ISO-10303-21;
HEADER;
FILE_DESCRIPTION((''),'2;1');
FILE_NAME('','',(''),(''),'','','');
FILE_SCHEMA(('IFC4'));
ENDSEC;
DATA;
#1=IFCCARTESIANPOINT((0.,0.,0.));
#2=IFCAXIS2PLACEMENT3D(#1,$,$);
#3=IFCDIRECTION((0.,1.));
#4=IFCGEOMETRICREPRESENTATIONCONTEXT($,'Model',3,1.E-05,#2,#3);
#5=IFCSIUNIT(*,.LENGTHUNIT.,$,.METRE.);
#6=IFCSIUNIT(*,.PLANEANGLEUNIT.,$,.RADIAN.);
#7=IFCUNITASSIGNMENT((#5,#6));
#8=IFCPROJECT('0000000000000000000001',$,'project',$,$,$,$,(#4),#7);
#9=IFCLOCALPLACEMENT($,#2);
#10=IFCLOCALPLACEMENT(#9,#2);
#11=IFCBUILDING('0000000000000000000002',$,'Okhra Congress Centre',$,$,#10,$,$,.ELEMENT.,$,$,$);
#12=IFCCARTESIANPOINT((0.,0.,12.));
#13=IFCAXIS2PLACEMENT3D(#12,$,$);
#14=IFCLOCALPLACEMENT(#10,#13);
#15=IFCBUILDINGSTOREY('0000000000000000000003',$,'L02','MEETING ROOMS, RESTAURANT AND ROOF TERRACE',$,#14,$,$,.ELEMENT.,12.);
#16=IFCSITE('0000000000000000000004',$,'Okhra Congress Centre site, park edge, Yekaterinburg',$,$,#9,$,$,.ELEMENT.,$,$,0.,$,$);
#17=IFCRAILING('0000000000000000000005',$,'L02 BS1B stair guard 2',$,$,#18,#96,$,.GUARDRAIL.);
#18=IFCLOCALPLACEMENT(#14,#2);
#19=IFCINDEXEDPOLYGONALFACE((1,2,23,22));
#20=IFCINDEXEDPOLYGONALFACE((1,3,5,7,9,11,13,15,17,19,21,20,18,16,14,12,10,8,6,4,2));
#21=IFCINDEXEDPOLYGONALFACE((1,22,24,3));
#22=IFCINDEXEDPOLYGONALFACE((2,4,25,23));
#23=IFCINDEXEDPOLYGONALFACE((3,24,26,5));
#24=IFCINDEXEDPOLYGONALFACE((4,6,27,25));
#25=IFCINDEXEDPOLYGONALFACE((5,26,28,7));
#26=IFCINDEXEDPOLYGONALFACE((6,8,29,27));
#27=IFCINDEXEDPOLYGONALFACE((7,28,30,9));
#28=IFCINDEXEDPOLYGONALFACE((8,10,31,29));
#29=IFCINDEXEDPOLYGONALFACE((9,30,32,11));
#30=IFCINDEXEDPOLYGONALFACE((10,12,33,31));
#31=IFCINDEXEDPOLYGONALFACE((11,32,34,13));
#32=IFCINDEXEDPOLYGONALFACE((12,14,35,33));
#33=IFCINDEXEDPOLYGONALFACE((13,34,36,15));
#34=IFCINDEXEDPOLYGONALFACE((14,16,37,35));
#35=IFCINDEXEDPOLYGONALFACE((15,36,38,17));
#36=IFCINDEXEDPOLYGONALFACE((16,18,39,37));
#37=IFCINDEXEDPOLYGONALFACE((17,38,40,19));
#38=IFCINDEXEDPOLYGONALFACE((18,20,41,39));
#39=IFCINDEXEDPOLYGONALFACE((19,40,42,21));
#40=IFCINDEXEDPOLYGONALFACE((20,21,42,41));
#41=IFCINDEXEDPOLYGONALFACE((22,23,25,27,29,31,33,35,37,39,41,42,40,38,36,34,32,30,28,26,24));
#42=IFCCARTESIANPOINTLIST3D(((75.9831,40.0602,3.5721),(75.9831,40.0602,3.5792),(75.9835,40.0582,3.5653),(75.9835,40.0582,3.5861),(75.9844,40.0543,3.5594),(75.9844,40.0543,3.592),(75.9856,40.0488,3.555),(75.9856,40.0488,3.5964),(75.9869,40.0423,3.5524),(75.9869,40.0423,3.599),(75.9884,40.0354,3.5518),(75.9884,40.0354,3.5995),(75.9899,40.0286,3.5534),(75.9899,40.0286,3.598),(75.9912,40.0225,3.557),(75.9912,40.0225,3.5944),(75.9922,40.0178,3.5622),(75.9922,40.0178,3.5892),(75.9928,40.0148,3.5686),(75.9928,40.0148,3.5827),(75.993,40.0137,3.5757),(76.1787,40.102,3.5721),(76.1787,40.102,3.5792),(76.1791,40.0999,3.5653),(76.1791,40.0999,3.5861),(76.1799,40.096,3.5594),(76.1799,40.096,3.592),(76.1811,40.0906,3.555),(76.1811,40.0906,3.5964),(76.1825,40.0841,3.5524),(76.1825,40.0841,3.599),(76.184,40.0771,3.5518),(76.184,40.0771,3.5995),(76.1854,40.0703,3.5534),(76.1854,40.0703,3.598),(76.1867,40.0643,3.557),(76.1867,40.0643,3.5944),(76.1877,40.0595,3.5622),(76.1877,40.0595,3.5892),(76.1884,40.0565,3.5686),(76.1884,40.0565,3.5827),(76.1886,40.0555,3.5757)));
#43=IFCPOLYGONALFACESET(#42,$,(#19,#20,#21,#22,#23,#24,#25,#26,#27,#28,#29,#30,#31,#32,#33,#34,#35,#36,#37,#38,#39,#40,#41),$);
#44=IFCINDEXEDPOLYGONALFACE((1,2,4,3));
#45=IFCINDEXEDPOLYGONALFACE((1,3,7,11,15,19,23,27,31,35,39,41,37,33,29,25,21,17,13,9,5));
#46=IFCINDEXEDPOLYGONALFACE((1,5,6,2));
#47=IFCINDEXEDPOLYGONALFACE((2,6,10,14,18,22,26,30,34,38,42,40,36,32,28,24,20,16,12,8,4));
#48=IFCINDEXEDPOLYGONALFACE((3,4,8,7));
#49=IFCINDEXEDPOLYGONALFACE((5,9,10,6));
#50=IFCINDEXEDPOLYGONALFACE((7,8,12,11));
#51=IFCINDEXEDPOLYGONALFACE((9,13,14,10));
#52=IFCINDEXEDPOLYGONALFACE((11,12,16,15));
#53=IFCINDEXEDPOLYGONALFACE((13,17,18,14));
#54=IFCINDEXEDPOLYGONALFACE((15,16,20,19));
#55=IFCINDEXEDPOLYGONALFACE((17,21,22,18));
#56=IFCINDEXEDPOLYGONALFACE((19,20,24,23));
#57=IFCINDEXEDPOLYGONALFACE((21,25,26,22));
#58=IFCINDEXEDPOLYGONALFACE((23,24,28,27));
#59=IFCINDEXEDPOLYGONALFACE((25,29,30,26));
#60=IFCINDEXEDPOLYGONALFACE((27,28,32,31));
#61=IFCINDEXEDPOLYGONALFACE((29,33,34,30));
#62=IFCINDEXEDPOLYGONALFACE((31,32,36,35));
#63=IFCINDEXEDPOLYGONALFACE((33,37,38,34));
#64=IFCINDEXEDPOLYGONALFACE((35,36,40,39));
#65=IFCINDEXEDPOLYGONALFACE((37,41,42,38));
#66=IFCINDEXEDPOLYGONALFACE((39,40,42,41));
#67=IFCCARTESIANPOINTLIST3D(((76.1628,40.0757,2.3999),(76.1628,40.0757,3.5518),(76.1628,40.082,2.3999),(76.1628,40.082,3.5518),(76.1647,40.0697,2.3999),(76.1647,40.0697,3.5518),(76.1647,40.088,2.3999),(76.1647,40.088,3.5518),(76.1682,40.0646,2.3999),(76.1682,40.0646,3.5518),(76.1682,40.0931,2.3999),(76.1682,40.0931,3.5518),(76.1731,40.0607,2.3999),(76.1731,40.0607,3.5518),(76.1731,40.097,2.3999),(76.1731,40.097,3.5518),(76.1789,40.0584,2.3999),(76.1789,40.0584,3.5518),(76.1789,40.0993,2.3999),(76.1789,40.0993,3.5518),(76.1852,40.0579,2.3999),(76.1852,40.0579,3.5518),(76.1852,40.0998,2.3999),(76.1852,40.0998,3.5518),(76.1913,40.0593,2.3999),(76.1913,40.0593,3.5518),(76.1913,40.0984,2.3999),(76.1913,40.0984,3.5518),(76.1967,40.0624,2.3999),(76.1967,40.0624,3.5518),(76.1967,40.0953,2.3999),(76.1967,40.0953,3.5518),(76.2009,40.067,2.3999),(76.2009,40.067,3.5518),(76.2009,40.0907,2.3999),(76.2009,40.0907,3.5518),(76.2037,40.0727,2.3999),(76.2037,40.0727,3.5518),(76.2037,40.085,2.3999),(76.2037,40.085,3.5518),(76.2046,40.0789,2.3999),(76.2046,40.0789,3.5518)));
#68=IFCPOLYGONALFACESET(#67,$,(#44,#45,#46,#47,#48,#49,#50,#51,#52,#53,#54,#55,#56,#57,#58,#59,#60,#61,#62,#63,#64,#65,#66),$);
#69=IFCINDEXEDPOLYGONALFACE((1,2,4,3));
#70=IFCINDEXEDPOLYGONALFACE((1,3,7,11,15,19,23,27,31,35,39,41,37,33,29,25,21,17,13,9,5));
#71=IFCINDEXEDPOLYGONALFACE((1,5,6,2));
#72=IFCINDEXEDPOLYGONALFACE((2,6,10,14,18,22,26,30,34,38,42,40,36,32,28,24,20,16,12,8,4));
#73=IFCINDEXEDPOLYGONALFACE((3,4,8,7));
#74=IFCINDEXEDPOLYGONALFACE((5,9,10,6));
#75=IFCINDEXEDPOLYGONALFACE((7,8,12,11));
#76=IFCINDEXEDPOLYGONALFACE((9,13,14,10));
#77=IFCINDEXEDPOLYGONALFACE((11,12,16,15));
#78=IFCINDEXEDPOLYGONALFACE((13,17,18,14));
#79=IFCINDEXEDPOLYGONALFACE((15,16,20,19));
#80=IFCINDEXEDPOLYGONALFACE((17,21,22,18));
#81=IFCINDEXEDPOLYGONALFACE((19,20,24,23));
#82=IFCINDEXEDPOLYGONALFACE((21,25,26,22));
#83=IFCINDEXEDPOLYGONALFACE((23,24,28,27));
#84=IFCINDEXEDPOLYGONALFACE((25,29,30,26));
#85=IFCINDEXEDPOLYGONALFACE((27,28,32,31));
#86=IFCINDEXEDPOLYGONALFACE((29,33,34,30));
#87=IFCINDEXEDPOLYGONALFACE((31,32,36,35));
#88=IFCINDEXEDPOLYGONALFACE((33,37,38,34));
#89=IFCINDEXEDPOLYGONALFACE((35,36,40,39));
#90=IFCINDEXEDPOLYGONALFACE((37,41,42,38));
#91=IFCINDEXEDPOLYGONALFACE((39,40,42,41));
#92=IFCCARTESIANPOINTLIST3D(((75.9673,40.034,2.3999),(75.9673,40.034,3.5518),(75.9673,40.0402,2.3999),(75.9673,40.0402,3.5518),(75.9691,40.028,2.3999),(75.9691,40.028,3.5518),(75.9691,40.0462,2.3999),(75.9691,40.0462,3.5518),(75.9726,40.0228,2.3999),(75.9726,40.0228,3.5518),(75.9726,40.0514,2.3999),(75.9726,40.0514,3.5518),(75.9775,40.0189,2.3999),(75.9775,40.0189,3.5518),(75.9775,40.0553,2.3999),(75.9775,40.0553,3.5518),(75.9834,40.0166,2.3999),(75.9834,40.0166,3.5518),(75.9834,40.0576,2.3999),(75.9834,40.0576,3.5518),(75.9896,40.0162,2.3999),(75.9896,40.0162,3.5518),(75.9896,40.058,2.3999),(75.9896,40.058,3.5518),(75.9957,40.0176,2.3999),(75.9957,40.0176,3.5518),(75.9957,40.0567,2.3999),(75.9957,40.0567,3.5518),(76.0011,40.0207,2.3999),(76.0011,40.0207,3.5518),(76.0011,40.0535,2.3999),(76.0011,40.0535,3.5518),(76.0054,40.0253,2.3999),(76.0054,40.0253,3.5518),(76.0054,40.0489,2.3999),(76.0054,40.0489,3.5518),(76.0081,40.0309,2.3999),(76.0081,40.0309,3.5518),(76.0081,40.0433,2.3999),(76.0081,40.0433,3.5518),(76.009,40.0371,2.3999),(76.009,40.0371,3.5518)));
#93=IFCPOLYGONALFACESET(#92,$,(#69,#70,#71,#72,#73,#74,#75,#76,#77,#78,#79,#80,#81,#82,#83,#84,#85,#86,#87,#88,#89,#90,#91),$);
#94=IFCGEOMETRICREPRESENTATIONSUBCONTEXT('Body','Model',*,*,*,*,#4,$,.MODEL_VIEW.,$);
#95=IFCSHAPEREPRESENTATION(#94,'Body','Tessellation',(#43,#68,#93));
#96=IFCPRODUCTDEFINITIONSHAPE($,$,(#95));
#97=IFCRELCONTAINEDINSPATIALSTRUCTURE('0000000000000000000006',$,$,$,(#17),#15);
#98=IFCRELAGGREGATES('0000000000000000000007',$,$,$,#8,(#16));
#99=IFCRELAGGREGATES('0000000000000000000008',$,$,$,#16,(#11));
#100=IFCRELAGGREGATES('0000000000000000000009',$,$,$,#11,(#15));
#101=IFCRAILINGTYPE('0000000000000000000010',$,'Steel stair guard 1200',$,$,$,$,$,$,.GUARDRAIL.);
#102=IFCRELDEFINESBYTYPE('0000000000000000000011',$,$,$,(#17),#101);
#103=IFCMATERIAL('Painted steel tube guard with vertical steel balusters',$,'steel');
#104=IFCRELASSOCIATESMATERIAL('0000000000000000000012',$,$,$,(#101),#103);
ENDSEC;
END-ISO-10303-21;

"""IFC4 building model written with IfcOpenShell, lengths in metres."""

from ifc_helpers import new_model, si_unit, direction, frame, origin, origin_2d, place, context, subcontext, project, spatial, circle, extrude, material, type_object, element, save


model = new_model("IFC4")

# Units and contexts
model_context = context("Model", 3, precision=1e-05, world=origin(), true_north=direction((0.0, 1.0)))
body_context = subcontext(model_context, "Body", "Model", "MODEL_VIEW")
ifc_project = project(units=[si_unit("LENGTHUNIT", "METRE"), si_unit("PLANEANGLEUNIT", "RADIAN")], contexts=[model_context])

# Site, building, storey
site_placement = place(None, origin())
site = spatial("IfcSite", under=ifc_project, at=site_placement, Name="Okhra Congress Centre site, park edge, Yekaterinburg", CompositionType="ELEMENT", RefElevation=0.0)
building_placement = place(site_placement, origin())
building = spatial("IfcBuilding", under=site, at=building_placement, Name="Okhra Congress Centre", CompositionType="ELEMENT")
storey_placement = place(building_placement, frame((0.0, 0.0, 12.0)))
storey = spatial("IfcBuildingStorey", under=building, at=storey_placement, Name="L02", Description="MEETING ROOMS, RESTAURANT AND ROOF TERRACE", CompositionType="ELEMENT", Elevation=12.0)

# Railing
ifc_material_1 = material(Name="Painted steel tube guard with vertical steel balusters", Category="steel")
railing_type_1 = type_object("IfcRailingType", Name="Steel stair guard 1200", PredefinedType="GUARDRAIL", material=ifc_material_1)
railing_1_placement = place(storey_placement, frame((76.1836, 40.0789, 2.3999)))
element("IfcRailing", 1, at=railing_1_placement, inside=storey, type_object=railing_type_1, Name="L02 BS1B stair guard 2", PredefinedType="GUARDRAIL", context=body_context, shape_type="SweptSolid", body=[
    extrude(circle(Radius=0.0239, at=origin_2d()), frame((0.0, 0.0, 1.1758), z_axis=(-0.977963, -0.208779, 0.0), x_axis=(0.208779, -0.977963, 0.0)), (0.0, 0.0, 1.0), 0.2),
    extrude(circle(Radius=0.021, at=origin_2d()), origin(), (0.0, 0.0, 1.0), 1.1519),
    extrude(circle(Radius=0.021, at=origin_2d()), frame((-0.1956, -0.0417, 0.0)), (0.0, 0.0, 1.0), 1.1519),
])

save(model, "model.ifc")
